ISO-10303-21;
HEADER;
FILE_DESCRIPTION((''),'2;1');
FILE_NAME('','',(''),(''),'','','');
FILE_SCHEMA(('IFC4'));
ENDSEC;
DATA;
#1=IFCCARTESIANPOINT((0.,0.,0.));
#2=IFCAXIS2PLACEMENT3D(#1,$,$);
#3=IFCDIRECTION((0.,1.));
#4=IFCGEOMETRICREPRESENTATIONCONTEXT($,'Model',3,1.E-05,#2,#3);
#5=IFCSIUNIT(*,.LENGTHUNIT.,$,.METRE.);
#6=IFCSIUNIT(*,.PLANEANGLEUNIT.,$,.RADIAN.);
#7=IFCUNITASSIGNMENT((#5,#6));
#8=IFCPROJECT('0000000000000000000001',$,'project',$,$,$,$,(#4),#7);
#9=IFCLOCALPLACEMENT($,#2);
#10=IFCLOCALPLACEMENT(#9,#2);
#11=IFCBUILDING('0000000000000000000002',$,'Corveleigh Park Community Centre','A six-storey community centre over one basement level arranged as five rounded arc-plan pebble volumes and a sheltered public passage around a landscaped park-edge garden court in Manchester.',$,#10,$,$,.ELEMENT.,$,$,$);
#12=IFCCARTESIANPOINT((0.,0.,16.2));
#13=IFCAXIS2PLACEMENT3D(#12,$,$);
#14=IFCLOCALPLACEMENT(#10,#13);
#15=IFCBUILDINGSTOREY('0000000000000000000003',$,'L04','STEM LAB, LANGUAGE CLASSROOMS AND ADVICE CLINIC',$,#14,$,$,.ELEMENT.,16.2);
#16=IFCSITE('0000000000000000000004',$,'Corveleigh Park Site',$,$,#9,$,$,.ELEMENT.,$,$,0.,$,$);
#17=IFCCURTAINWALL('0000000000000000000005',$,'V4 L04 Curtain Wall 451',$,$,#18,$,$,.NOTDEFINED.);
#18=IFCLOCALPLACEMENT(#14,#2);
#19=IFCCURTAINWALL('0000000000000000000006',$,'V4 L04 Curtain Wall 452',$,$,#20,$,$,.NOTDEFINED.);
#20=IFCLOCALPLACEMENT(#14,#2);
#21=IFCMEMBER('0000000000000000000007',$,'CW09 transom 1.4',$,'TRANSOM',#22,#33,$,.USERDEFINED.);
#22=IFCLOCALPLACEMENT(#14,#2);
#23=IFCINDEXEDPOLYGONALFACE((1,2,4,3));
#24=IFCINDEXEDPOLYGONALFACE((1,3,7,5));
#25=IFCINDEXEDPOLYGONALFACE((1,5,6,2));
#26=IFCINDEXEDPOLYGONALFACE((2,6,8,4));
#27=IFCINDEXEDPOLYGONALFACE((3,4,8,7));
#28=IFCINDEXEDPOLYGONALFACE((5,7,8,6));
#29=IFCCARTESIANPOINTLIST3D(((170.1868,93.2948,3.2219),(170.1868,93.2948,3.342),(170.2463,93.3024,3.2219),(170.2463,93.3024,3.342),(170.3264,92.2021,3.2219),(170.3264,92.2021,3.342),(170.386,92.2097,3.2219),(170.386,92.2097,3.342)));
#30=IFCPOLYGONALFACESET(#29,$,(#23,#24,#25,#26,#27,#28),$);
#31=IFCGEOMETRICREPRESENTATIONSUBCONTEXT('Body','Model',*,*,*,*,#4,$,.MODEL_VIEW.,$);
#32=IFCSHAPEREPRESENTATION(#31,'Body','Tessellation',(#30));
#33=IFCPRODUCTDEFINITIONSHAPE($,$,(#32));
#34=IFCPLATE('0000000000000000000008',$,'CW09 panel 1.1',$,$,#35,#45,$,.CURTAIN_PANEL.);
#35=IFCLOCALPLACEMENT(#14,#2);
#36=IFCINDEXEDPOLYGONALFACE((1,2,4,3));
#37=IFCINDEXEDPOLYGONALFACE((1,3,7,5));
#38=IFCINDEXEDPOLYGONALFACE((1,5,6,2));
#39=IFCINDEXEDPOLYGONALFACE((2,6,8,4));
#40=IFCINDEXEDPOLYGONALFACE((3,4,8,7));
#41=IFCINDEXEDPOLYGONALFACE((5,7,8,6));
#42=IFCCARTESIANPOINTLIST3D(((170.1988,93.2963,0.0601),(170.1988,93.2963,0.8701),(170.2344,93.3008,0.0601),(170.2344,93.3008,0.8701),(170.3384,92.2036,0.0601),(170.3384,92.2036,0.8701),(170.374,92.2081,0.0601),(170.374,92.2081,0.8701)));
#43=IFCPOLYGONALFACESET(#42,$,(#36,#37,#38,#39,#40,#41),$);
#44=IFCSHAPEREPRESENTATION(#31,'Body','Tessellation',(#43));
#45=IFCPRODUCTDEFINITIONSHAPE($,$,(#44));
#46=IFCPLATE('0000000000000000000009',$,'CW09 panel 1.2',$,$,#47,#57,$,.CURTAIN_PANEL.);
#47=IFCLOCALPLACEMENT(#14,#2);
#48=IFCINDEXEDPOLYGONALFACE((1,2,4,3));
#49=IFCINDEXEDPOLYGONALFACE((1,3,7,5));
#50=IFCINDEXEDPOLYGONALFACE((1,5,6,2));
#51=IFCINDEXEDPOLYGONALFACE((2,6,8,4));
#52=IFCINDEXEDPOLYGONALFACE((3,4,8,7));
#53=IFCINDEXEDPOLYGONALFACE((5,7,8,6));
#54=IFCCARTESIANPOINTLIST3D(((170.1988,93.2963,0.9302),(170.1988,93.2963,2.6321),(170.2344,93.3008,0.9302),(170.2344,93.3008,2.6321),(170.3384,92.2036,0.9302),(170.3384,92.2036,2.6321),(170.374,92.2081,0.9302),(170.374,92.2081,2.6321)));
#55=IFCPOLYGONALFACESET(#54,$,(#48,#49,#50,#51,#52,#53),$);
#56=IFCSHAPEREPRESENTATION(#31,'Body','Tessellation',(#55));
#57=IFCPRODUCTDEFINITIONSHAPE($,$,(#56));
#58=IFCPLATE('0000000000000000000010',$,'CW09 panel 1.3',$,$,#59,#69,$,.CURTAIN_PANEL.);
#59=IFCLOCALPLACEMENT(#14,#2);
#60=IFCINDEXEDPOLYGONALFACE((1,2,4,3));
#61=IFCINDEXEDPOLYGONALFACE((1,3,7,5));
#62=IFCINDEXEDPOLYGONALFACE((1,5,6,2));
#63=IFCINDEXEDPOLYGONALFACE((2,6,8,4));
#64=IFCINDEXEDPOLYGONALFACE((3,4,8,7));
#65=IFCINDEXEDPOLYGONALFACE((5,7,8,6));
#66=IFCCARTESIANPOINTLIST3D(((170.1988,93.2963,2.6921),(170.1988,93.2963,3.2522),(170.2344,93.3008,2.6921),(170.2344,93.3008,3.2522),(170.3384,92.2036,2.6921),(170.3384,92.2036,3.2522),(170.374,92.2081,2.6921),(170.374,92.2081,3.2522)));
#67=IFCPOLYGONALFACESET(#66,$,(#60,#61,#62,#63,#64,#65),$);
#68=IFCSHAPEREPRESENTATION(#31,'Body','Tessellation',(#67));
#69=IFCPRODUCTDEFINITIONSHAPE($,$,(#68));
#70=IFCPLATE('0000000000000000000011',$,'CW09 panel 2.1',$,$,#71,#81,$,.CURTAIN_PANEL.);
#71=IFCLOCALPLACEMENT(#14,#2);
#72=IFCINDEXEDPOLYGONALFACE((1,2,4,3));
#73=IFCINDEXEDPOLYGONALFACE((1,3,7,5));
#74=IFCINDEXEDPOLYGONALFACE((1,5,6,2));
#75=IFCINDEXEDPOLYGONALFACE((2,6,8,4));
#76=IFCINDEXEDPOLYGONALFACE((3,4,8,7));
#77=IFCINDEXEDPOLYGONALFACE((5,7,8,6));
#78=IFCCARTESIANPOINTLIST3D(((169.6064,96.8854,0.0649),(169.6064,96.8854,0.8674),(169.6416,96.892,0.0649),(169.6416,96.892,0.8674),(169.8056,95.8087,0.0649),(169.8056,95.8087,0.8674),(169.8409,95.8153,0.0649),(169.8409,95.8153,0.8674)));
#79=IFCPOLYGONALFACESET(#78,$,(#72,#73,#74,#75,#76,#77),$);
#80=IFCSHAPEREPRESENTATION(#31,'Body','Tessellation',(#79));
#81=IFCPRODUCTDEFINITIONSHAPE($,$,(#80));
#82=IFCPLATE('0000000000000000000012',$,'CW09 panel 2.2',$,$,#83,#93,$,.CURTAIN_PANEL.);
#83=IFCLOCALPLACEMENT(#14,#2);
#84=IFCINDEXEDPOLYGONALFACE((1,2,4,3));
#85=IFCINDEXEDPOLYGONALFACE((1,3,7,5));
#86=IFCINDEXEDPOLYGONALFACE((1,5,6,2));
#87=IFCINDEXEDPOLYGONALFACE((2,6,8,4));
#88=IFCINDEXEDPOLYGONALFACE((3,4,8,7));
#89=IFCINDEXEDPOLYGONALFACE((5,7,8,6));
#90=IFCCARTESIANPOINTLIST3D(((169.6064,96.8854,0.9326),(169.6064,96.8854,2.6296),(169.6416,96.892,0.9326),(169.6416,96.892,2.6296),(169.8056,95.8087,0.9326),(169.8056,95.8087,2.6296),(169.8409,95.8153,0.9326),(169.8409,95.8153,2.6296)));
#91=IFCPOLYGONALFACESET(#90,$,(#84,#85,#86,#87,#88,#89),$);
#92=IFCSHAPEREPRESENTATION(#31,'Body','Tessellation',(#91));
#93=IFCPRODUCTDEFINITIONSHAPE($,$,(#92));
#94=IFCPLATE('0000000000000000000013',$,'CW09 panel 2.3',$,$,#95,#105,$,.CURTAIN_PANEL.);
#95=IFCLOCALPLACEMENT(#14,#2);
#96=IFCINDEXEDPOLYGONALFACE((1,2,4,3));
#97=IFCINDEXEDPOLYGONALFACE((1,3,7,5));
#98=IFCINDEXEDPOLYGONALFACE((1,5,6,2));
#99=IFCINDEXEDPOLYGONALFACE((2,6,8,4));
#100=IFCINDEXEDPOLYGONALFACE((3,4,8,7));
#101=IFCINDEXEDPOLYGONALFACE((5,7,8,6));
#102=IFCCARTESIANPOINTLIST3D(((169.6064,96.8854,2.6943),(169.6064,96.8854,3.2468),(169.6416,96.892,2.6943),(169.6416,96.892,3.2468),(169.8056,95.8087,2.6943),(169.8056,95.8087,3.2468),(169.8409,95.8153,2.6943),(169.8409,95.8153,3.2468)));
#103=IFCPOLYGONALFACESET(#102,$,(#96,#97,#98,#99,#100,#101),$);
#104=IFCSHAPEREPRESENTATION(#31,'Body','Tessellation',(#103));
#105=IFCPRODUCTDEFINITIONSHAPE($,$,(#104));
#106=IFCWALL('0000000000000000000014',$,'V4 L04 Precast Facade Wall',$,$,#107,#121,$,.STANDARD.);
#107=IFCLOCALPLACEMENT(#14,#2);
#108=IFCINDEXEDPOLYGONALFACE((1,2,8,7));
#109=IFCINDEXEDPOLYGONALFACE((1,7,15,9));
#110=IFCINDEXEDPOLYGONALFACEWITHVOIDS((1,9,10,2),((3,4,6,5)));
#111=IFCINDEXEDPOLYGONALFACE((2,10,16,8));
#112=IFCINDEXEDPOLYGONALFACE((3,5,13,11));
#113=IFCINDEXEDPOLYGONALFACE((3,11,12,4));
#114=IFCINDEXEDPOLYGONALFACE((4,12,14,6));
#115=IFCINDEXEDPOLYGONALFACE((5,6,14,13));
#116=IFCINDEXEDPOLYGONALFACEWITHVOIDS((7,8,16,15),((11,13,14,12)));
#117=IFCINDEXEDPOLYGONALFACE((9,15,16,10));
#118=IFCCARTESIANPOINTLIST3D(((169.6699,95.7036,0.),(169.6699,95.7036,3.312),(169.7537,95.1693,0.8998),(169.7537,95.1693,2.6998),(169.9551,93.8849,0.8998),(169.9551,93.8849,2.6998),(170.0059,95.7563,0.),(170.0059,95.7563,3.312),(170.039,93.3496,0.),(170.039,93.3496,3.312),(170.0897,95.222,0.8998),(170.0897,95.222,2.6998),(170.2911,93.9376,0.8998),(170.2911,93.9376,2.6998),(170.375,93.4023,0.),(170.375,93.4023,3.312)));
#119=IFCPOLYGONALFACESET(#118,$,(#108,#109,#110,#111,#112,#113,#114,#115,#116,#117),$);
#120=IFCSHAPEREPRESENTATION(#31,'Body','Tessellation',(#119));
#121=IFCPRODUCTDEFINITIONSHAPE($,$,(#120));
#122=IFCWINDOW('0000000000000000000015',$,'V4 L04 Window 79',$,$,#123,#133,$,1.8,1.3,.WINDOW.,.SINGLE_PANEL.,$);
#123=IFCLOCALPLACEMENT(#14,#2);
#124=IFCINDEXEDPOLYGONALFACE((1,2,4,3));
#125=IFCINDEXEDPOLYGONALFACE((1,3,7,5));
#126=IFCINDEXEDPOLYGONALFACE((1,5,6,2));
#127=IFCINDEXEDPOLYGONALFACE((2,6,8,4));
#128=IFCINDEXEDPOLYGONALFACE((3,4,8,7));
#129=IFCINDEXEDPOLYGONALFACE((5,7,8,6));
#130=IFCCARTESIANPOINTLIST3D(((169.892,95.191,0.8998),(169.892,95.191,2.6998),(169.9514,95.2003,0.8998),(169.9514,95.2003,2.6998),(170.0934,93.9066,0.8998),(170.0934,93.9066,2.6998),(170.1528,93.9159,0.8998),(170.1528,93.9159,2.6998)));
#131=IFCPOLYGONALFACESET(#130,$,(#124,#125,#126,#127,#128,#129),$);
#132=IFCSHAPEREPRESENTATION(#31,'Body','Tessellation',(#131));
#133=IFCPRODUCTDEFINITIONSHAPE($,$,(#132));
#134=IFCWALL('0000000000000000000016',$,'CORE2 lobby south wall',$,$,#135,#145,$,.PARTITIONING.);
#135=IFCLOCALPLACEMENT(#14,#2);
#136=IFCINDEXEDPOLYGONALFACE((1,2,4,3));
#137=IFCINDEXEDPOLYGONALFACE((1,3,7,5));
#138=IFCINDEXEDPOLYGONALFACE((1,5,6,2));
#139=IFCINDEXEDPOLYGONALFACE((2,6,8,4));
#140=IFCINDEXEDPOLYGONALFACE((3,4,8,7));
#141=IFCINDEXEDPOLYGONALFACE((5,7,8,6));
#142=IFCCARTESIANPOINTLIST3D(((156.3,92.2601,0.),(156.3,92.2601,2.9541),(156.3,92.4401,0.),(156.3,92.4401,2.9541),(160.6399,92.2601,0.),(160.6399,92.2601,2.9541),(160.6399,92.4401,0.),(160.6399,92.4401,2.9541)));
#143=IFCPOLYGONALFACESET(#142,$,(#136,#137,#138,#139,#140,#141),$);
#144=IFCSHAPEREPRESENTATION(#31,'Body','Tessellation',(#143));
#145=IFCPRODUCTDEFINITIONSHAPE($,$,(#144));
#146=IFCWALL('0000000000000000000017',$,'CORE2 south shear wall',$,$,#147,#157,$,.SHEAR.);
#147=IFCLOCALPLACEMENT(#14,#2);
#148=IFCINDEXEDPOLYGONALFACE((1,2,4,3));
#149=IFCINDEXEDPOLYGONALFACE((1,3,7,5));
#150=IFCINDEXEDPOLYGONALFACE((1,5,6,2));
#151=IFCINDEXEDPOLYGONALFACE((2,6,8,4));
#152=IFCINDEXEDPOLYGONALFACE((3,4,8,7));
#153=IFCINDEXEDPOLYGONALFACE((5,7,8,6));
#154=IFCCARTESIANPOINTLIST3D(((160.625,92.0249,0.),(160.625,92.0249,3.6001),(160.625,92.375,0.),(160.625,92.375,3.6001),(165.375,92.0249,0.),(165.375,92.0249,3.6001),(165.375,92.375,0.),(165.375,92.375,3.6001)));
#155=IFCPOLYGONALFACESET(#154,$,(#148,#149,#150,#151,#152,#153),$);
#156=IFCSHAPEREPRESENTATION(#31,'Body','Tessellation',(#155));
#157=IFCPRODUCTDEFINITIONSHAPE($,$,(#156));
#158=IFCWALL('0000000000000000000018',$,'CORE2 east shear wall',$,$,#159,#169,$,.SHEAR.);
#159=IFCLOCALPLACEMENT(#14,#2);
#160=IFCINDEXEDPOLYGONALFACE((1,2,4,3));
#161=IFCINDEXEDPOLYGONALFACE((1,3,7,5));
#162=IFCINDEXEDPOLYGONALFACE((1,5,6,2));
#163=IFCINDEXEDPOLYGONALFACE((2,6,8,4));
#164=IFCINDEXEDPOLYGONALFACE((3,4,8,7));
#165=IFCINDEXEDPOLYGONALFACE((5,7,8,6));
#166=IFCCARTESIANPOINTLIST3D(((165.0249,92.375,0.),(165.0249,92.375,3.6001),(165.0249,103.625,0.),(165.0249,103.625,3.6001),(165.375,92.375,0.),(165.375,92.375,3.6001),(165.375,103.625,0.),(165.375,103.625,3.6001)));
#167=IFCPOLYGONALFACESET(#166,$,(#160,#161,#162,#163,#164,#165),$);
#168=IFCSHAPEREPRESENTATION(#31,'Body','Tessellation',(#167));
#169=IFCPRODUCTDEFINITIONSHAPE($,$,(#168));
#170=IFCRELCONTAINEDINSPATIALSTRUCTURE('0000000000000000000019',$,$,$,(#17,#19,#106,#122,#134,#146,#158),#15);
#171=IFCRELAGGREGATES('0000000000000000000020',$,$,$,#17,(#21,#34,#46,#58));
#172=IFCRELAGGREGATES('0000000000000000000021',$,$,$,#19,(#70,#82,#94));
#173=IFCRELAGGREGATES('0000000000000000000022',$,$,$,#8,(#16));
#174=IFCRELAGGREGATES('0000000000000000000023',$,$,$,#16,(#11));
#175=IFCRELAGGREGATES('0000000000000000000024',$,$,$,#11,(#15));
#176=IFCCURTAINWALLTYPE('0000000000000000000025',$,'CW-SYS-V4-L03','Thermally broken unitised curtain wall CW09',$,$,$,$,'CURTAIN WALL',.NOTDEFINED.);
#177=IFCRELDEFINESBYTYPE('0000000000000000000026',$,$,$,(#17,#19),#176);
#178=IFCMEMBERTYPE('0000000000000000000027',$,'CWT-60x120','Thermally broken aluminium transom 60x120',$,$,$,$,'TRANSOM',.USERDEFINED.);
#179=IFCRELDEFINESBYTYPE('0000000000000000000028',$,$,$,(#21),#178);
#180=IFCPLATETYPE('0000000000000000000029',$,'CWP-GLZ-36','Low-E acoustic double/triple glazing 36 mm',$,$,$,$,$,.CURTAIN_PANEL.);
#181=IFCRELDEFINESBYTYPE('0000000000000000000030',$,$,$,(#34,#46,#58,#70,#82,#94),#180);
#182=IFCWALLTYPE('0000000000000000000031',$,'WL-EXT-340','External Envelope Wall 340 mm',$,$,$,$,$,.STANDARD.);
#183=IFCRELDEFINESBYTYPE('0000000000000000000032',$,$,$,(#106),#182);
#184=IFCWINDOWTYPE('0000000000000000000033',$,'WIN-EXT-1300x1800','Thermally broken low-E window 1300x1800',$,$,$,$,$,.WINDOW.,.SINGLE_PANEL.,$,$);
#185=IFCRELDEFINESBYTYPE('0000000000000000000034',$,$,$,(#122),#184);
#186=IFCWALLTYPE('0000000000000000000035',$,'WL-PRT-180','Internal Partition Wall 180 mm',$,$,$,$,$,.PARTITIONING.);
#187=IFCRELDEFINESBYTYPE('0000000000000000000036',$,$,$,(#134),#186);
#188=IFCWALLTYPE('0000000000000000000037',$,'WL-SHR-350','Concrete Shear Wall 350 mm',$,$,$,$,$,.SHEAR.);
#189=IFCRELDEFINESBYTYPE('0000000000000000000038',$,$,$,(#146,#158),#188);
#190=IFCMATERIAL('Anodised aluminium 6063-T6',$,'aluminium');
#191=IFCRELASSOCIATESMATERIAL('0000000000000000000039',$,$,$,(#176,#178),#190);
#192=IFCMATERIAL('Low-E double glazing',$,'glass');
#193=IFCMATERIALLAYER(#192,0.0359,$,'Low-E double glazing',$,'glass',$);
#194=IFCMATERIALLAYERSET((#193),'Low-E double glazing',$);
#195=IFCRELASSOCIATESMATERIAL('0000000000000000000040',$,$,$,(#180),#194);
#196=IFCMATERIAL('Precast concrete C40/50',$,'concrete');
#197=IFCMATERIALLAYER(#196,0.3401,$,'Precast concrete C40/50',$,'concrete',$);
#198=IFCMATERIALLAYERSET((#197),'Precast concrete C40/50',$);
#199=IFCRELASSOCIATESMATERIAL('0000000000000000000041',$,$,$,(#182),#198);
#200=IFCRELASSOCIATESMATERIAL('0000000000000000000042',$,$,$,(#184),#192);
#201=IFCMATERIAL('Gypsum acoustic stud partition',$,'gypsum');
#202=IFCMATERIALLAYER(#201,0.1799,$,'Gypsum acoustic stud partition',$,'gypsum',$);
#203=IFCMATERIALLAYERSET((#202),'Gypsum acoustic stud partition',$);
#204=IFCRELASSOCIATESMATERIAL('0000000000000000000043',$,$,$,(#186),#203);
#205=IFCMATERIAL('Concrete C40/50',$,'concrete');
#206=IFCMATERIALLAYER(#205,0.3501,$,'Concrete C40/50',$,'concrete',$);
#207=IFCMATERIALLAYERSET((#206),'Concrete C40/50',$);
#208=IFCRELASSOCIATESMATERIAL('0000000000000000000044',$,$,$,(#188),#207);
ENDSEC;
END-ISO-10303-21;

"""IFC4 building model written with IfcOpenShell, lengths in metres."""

from ifc_helpers import new_model, si_unit, direction, frame, frame_2d, origin, origin_2d, place, context, subcontext, project, spatial, rectangle, extrude, material, layer, layer_set, material_profile, profile_set, type_object, element, fill, aggregate, save


model = new_model("IFC4")

# Units and contexts
model_context = context("Model", 3, precision=1e-05, world=origin(), true_north=direction((0.0, 1.0)))
body_context = subcontext(model_context, "Body", "Model", "MODEL_VIEW")
ifc_project = project(units=[si_unit("LENGTHUNIT", "METRE"), si_unit("PLANEANGLEUNIT", "RADIAN")], contexts=[model_context])

# Site, building, storey
site_placement = place(None, origin())
site = spatial("IfcSite", under=ifc_project, at=site_placement, Name="Corveleigh Park Site", CompositionType="ELEMENT", RefElevation=0.0)
building_placement = place(site_placement, origin())
building = spatial("IfcBuilding", under=site, at=building_placement, Name="Corveleigh Park Community Centre", Description="A six-storey community centre over one basement level arranged as five rounded arc-plan pebble volumes and a sheltered public passage around a landscaped park-edge garden court in Manchester.", CompositionType="ELEMENT")
storey_placement = place(building_placement, frame((0.0, 0.0, 16.2)))
storey = spatial("IfcBuildingStorey", under=building, at=storey_placement, Name="L04", Description="STEM LAB, LANGUAGE CLASSROOMS AND ADVICE CLINIC", CompositionType="ELEMENT", Elevation=16.2)

# Shared definitions
ifc_material_1 = material(Name="Concrete C40/50", Category="concrete")

# Curtain walls
ifc_material_2 = material(Name="Anodised aluminium 6063-T6", Category="aluminium")
curtain_wall_type = type_object("IfcCurtainWallType", Name="CW-SYS-V4-L03", Description="Thermally broken unitised curtain wall CW09", ElementType="CURTAIN WALL", PredefinedType="NOTDEFINED", material=ifc_material_2)
curtain_wall_1_placement = place(storey_placement, origin())
curtain_wall_1 = element("IfcCurtainWall", 1, at=curtain_wall_1_placement, inside=storey, type_object=curtain_wall_type, Name="V4 L04 Curtain Wall 451", PredefinedType="NOTDEFINED")
curtain_wall_2_placement = place(storey_placement, origin())
curtain_wall_2 = element("IfcCurtainWall", 2, at=curtain_wall_2_placement, inside=storey, type_object=curtain_wall_type, Name="V4 L04 Curtain Wall 452", PredefinedType="NOTDEFINED")

# Member
ifc_material_profile_1 = material_profile(ifc_material_2, rectangle(XDim=0.0601, YDim=0.1201, at=origin_2d()), Name="ALU-T60x120", Category="aluminium")
ifc_profile_set_1 = profile_set([ifc_material_profile_1], Name="Anodised aluminium 6063-T6")
member_type_1 = type_object("IfcMemberType", Name="CWT-60x120", Description="Thermally broken aluminium transom 60x120", ElementType="TRANSOM", PredefinedType="USERDEFINED", material=ifc_profile_set_1)
member_1_placement = place(storey_placement, frame((170.2166, 93.2986, 3.282), z_axis=(0.126762, -0.991933, 0.0), x_axis=(0.991933, 0.126762, 0.0)))
member_1 = element("IfcMember", 3, at=member_1_placement, type_object=member_type_1, Name="CW09 transom 1.4", ObjectType="TRANSOM", PredefinedType="USERDEFINED", context=body_context, shape_type="SweptSolid", body=[
    extrude(rectangle(XDim=0.0601, YDim=0.1201, at=origin_2d()), origin(), (0.0, 0.0, 1.0), 1.1016),
])

# Plates
ifc_material_3 = material(Name="Low-E double glazing", Category="glass")
ifc_layer_1 = layer(ifc_material_3, 0.0359, Name="Low-E double glazing", Category="glass")
ifc_layer_set_1 = layer_set([ifc_layer_1], Name="Low-E double glazing")
plate_type = type_object("IfcPlateType", Name="CWP-GLZ-36", Description="Low-E acoustic double/triple glazing 36 mm", PredefinedType="CURTAIN_PANEL", material=ifc_layer_set_1)
plate_1_placement = place(storey_placement, frame((170.2864, 92.7522, 0.0601), z_axis=(0.0, 0.0, 1.0), x_axis=(0.12672, -0.991939, 0.0)))
plate_1 = element("IfcPlate", 4, at=plate_1_placement, type_object=plate_type, Name="CW09 panel 1.1", PredefinedType="CURTAIN_PANEL", context=body_context, shape_type="SweptSolid", body=[
    extrude(rectangle(XDim=1.1016, YDim=0.0359, at=origin_2d()), origin(), (0.0, 0.0, 1.0), 0.8101),
])
plate_2_placement = place(storey_placement, frame((170.2864, 92.7522, 0.9302), z_axis=(0.0, 0.0, 1.0), x_axis=(0.12672, -0.991939, 0.0)))
plate_2 = element("IfcPlate", 5, at=plate_2_placement, type_object=plate_type, Name="CW09 panel 1.2", PredefinedType="CURTAIN_PANEL", context=body_context, shape_type="SweptSolid", body=[
    extrude(rectangle(XDim=1.1016, YDim=0.0359, at=origin_2d()), origin(), (0.0, 0.0, 1.0), 1.7019),
])
plate_3_placement = place(storey_placement, frame((170.2864, 92.7522, 2.6921), z_axis=(0.0, 0.0, 1.0), x_axis=(0.12672, -0.991939, 0.0)))
plate_3 = element("IfcPlate", 6, at=plate_3_placement, type_object=plate_type, Name="CW09 panel 1.3", PredefinedType="CURTAIN_PANEL", context=body_context, shape_type="SweptSolid", body=[
    extrude(rectangle(XDim=1.1016, YDim=0.0359, at=origin_2d()), origin(), (0.0, 0.0, 1.0), 0.5601),
])
aggregate(curtain_wall_1, [member_1, plate_1, plate_2, plate_3])
plate_4_placement = place(storey_placement, frame((169.7236, 96.3503, 0.0649), z_axis=(0.0, 0.0, 1.0), x_axis=(0.181984, -0.983301, 0.0)))
plate_4 = element("IfcPlate", 7, at=plate_4_placement, type_object=plate_type, Name="CW09 panel 2.1", PredefinedType="CURTAIN_PANEL", context=body_context, shape_type="SweptSolid", body=[
    extrude(rectangle(XDim=1.095, YDim=0.0359, at=origin_2d()), origin(), (0.0, 0.0, 1.0), 0.8025),
])
plate_5_placement = place(storey_placement, frame((169.7236, 96.3503, 0.9326), z_axis=(0.0, 0.0, 1.0), x_axis=(0.181984, -0.983301, 0.0)))
plate_5 = element("IfcPlate", 8, at=plate_5_placement, type_object=plate_type, Name="CW09 panel 2.2", PredefinedType="CURTAIN_PANEL", context=body_context, shape_type="SweptSolid", body=[
    extrude(rectangle(XDim=1.095, YDim=0.0359, at=origin_2d()), origin(), (0.0, 0.0, 1.0), 1.697),
])
plate_6_placement = place(storey_placement, frame((169.7236, 96.3503, 2.6943), z_axis=(0.0, 0.0, 1.0), x_axis=(0.181984, -0.983301, 0.0)))
plate_6 = element("IfcPlate", 9, at=plate_6_placement, type_object=plate_type, Name="CW09 panel 2.3", PredefinedType="CURTAIN_PANEL", context=body_context, shape_type="SweptSolid", body=[
    extrude(rectangle(XDim=1.095, YDim=0.0359, at=origin_2d()), origin(), (0.0, 0.0, 1.0), 0.5525),
])
aggregate(curtain_wall_2, [plate_4, plate_5, plate_6])

# Wall, opening, window
ifc_material_4 = material(Name="Precast concrete C40/50", Category="concrete")
ifc_layer_2 = layer(ifc_material_4, 0.3401, Name="Precast concrete C40/50", Category="concrete")
ifc_layer_set_2 = layer_set([ifc_layer_2], Name="Precast concrete C40/50")
wall_type_1 = type_object("IfcWallType", Name="WL-EXT-340", Description="External Envelope Wall 340 mm", PredefinedType="STANDARD", material=ifc_layer_set_2)
wall_1_placement = place(storey_placement, frame((169.8379, 95.73, 0.0), z_axis=(0.0, 0.0, 1.0), x_axis=(0.154921, -0.987927, 0.0)))
wall_1 = element("IfcWall", 10, at=wall_1_placement, inside=storey, type_object=wall_type_1, Name="V4 L04 Precast Facade Wall", PredefinedType="STANDARD", context=body_context, shape_type="SweptSolid", body=[
    extrude(rectangle(XDim=2.3828, YDim=0.3401, at=frame_2d((1.1914, 0.0))), origin(), (0.0, 0.0, 1.0), 3.312),
])
opening_placement = place(wall_1_placement, frame((0.541, 0.0, 0.8999)))
opening = element("IfcOpeningElement", 11, at=opening_placement, cuts=wall_1, PredefinedType="OPENING", context=body_context, shape_type="SweptSolid", body=[
    extrude(rectangle(XDim=1.3, YDim=1.8, at=frame_2d((0.6499, 0.8999))), frame((0.0, 0.1799, 0.0), z_axis=(0.0, -1.0, 0.0), x_axis=(1.0, 0.0, 0.0)), (0.0, 0.0, 1.0), 0.3601),
])
window_type = type_object("IfcWindowType", Name="WIN-EXT-1300x1800", Description="Thermally broken low-E window 1300x1800", PartitioningType="SINGLE_PANEL", PredefinedType="WINDOW", material=ifc_material_3)
window_placement = place(opening_placement, origin())
window = element("IfcWindow", 12, at=window_placement, inside=storey, type_object=window_type, Name="V4 L04 Window 79", OverallHeight=1.8, OverallWidth=1.3, PartitioningType="SINGLE_PANEL", PredefinedType="WINDOW", context=body_context, shape_type="SweptSolid", body=[
    extrude(rectangle(XDim=1.3, YDim=1.8, at=frame_2d((0.6499, 0.8999))), frame((0.0, 0.03, 0.0), z_axis=(0.0, -1.0, 0.0), x_axis=(1.0, 0.0, 0.0)), (0.0, 0.0, 1.0), 0.0601),
])
fill(opening, window)

# Walls
ifc_material_5 = material(Name="Gypsum acoustic stud partition", Category="gypsum")
ifc_layer_3 = layer(ifc_material_5, 0.1799, Name="Gypsum acoustic stud partition", Category="gypsum")
ifc_layer_set_3 = layer_set([ifc_layer_3], Name="Gypsum acoustic stud partition")
wall_type_2 = type_object("IfcWallType", Name="WL-PRT-180", Description="Internal Partition Wall 180 mm", PredefinedType="PARTITIONING", material=ifc_layer_set_3)
wall_2_placement = place(storey_placement, frame((156.3, 92.3501, 0.0), z_axis=(0.0, 0.0, 1.0), x_axis=(1.0, 0.0, 0.0)))
element("IfcWall", 13, at=wall_2_placement, inside=storey, type_object=wall_type_2, Name="CORE2 lobby south wall", PredefinedType="PARTITIONING", context=body_context, shape_type="SweptSolid", body=[
    extrude(rectangle(XDim=4.3398, YDim=0.1799, at=frame_2d((2.1699, 0.0))), origin(), (0.0, 0.0, 1.0), 2.9541),
])
ifc_layer_4 = layer(ifc_material_1, 0.3501, Name="Concrete C40/50", Category="concrete")
ifc_layer_set_4 = layer_set([ifc_layer_4], Name="Concrete C40/50")
wall_type_3 = type_object("IfcWallType", Name="WL-SHR-350", Description="Concrete Shear Wall 350 mm", PredefinedType="SHEAR", material=ifc_layer_set_4)
wall_3_placement = place(storey_placement, frame((160.625, 92.2, 0.0), z_axis=(0.0, 0.0, 1.0), x_axis=(1.0, 0.0, 0.0)))
element("IfcWall", 14, at=wall_3_placement, inside=storey, type_object=wall_type_3, Name="CORE2 south shear wall", PredefinedType="SHEAR", context=body_context, shape_type="SweptSolid", body=[
    extrude(rectangle(XDim=4.75, YDim=0.3501, at=frame_2d((2.375, 0.0))), origin(), (0.0, 0.0, 1.0), 3.6001),
])
wall_4_placement = place(storey_placement, frame((165.2, 92.375, 0.0), z_axis=(0.0, 0.0, 1.0), x_axis=(0.0, 1.0, 0.0)))
element("IfcWall", 15, at=wall_4_placement, inside=storey, type_object=wall_type_3, Name="CORE2 east shear wall", PredefinedType="SHEAR", context=body_context, shape_type="SweptSolid", body=[
    extrude(rectangle(XDim=11.25, YDim=0.3501, at=frame_2d((5.625, 0.0))), origin(), (0.0, 0.0, 1.0), 3.6001),
])

save(model, "model.ifc")
